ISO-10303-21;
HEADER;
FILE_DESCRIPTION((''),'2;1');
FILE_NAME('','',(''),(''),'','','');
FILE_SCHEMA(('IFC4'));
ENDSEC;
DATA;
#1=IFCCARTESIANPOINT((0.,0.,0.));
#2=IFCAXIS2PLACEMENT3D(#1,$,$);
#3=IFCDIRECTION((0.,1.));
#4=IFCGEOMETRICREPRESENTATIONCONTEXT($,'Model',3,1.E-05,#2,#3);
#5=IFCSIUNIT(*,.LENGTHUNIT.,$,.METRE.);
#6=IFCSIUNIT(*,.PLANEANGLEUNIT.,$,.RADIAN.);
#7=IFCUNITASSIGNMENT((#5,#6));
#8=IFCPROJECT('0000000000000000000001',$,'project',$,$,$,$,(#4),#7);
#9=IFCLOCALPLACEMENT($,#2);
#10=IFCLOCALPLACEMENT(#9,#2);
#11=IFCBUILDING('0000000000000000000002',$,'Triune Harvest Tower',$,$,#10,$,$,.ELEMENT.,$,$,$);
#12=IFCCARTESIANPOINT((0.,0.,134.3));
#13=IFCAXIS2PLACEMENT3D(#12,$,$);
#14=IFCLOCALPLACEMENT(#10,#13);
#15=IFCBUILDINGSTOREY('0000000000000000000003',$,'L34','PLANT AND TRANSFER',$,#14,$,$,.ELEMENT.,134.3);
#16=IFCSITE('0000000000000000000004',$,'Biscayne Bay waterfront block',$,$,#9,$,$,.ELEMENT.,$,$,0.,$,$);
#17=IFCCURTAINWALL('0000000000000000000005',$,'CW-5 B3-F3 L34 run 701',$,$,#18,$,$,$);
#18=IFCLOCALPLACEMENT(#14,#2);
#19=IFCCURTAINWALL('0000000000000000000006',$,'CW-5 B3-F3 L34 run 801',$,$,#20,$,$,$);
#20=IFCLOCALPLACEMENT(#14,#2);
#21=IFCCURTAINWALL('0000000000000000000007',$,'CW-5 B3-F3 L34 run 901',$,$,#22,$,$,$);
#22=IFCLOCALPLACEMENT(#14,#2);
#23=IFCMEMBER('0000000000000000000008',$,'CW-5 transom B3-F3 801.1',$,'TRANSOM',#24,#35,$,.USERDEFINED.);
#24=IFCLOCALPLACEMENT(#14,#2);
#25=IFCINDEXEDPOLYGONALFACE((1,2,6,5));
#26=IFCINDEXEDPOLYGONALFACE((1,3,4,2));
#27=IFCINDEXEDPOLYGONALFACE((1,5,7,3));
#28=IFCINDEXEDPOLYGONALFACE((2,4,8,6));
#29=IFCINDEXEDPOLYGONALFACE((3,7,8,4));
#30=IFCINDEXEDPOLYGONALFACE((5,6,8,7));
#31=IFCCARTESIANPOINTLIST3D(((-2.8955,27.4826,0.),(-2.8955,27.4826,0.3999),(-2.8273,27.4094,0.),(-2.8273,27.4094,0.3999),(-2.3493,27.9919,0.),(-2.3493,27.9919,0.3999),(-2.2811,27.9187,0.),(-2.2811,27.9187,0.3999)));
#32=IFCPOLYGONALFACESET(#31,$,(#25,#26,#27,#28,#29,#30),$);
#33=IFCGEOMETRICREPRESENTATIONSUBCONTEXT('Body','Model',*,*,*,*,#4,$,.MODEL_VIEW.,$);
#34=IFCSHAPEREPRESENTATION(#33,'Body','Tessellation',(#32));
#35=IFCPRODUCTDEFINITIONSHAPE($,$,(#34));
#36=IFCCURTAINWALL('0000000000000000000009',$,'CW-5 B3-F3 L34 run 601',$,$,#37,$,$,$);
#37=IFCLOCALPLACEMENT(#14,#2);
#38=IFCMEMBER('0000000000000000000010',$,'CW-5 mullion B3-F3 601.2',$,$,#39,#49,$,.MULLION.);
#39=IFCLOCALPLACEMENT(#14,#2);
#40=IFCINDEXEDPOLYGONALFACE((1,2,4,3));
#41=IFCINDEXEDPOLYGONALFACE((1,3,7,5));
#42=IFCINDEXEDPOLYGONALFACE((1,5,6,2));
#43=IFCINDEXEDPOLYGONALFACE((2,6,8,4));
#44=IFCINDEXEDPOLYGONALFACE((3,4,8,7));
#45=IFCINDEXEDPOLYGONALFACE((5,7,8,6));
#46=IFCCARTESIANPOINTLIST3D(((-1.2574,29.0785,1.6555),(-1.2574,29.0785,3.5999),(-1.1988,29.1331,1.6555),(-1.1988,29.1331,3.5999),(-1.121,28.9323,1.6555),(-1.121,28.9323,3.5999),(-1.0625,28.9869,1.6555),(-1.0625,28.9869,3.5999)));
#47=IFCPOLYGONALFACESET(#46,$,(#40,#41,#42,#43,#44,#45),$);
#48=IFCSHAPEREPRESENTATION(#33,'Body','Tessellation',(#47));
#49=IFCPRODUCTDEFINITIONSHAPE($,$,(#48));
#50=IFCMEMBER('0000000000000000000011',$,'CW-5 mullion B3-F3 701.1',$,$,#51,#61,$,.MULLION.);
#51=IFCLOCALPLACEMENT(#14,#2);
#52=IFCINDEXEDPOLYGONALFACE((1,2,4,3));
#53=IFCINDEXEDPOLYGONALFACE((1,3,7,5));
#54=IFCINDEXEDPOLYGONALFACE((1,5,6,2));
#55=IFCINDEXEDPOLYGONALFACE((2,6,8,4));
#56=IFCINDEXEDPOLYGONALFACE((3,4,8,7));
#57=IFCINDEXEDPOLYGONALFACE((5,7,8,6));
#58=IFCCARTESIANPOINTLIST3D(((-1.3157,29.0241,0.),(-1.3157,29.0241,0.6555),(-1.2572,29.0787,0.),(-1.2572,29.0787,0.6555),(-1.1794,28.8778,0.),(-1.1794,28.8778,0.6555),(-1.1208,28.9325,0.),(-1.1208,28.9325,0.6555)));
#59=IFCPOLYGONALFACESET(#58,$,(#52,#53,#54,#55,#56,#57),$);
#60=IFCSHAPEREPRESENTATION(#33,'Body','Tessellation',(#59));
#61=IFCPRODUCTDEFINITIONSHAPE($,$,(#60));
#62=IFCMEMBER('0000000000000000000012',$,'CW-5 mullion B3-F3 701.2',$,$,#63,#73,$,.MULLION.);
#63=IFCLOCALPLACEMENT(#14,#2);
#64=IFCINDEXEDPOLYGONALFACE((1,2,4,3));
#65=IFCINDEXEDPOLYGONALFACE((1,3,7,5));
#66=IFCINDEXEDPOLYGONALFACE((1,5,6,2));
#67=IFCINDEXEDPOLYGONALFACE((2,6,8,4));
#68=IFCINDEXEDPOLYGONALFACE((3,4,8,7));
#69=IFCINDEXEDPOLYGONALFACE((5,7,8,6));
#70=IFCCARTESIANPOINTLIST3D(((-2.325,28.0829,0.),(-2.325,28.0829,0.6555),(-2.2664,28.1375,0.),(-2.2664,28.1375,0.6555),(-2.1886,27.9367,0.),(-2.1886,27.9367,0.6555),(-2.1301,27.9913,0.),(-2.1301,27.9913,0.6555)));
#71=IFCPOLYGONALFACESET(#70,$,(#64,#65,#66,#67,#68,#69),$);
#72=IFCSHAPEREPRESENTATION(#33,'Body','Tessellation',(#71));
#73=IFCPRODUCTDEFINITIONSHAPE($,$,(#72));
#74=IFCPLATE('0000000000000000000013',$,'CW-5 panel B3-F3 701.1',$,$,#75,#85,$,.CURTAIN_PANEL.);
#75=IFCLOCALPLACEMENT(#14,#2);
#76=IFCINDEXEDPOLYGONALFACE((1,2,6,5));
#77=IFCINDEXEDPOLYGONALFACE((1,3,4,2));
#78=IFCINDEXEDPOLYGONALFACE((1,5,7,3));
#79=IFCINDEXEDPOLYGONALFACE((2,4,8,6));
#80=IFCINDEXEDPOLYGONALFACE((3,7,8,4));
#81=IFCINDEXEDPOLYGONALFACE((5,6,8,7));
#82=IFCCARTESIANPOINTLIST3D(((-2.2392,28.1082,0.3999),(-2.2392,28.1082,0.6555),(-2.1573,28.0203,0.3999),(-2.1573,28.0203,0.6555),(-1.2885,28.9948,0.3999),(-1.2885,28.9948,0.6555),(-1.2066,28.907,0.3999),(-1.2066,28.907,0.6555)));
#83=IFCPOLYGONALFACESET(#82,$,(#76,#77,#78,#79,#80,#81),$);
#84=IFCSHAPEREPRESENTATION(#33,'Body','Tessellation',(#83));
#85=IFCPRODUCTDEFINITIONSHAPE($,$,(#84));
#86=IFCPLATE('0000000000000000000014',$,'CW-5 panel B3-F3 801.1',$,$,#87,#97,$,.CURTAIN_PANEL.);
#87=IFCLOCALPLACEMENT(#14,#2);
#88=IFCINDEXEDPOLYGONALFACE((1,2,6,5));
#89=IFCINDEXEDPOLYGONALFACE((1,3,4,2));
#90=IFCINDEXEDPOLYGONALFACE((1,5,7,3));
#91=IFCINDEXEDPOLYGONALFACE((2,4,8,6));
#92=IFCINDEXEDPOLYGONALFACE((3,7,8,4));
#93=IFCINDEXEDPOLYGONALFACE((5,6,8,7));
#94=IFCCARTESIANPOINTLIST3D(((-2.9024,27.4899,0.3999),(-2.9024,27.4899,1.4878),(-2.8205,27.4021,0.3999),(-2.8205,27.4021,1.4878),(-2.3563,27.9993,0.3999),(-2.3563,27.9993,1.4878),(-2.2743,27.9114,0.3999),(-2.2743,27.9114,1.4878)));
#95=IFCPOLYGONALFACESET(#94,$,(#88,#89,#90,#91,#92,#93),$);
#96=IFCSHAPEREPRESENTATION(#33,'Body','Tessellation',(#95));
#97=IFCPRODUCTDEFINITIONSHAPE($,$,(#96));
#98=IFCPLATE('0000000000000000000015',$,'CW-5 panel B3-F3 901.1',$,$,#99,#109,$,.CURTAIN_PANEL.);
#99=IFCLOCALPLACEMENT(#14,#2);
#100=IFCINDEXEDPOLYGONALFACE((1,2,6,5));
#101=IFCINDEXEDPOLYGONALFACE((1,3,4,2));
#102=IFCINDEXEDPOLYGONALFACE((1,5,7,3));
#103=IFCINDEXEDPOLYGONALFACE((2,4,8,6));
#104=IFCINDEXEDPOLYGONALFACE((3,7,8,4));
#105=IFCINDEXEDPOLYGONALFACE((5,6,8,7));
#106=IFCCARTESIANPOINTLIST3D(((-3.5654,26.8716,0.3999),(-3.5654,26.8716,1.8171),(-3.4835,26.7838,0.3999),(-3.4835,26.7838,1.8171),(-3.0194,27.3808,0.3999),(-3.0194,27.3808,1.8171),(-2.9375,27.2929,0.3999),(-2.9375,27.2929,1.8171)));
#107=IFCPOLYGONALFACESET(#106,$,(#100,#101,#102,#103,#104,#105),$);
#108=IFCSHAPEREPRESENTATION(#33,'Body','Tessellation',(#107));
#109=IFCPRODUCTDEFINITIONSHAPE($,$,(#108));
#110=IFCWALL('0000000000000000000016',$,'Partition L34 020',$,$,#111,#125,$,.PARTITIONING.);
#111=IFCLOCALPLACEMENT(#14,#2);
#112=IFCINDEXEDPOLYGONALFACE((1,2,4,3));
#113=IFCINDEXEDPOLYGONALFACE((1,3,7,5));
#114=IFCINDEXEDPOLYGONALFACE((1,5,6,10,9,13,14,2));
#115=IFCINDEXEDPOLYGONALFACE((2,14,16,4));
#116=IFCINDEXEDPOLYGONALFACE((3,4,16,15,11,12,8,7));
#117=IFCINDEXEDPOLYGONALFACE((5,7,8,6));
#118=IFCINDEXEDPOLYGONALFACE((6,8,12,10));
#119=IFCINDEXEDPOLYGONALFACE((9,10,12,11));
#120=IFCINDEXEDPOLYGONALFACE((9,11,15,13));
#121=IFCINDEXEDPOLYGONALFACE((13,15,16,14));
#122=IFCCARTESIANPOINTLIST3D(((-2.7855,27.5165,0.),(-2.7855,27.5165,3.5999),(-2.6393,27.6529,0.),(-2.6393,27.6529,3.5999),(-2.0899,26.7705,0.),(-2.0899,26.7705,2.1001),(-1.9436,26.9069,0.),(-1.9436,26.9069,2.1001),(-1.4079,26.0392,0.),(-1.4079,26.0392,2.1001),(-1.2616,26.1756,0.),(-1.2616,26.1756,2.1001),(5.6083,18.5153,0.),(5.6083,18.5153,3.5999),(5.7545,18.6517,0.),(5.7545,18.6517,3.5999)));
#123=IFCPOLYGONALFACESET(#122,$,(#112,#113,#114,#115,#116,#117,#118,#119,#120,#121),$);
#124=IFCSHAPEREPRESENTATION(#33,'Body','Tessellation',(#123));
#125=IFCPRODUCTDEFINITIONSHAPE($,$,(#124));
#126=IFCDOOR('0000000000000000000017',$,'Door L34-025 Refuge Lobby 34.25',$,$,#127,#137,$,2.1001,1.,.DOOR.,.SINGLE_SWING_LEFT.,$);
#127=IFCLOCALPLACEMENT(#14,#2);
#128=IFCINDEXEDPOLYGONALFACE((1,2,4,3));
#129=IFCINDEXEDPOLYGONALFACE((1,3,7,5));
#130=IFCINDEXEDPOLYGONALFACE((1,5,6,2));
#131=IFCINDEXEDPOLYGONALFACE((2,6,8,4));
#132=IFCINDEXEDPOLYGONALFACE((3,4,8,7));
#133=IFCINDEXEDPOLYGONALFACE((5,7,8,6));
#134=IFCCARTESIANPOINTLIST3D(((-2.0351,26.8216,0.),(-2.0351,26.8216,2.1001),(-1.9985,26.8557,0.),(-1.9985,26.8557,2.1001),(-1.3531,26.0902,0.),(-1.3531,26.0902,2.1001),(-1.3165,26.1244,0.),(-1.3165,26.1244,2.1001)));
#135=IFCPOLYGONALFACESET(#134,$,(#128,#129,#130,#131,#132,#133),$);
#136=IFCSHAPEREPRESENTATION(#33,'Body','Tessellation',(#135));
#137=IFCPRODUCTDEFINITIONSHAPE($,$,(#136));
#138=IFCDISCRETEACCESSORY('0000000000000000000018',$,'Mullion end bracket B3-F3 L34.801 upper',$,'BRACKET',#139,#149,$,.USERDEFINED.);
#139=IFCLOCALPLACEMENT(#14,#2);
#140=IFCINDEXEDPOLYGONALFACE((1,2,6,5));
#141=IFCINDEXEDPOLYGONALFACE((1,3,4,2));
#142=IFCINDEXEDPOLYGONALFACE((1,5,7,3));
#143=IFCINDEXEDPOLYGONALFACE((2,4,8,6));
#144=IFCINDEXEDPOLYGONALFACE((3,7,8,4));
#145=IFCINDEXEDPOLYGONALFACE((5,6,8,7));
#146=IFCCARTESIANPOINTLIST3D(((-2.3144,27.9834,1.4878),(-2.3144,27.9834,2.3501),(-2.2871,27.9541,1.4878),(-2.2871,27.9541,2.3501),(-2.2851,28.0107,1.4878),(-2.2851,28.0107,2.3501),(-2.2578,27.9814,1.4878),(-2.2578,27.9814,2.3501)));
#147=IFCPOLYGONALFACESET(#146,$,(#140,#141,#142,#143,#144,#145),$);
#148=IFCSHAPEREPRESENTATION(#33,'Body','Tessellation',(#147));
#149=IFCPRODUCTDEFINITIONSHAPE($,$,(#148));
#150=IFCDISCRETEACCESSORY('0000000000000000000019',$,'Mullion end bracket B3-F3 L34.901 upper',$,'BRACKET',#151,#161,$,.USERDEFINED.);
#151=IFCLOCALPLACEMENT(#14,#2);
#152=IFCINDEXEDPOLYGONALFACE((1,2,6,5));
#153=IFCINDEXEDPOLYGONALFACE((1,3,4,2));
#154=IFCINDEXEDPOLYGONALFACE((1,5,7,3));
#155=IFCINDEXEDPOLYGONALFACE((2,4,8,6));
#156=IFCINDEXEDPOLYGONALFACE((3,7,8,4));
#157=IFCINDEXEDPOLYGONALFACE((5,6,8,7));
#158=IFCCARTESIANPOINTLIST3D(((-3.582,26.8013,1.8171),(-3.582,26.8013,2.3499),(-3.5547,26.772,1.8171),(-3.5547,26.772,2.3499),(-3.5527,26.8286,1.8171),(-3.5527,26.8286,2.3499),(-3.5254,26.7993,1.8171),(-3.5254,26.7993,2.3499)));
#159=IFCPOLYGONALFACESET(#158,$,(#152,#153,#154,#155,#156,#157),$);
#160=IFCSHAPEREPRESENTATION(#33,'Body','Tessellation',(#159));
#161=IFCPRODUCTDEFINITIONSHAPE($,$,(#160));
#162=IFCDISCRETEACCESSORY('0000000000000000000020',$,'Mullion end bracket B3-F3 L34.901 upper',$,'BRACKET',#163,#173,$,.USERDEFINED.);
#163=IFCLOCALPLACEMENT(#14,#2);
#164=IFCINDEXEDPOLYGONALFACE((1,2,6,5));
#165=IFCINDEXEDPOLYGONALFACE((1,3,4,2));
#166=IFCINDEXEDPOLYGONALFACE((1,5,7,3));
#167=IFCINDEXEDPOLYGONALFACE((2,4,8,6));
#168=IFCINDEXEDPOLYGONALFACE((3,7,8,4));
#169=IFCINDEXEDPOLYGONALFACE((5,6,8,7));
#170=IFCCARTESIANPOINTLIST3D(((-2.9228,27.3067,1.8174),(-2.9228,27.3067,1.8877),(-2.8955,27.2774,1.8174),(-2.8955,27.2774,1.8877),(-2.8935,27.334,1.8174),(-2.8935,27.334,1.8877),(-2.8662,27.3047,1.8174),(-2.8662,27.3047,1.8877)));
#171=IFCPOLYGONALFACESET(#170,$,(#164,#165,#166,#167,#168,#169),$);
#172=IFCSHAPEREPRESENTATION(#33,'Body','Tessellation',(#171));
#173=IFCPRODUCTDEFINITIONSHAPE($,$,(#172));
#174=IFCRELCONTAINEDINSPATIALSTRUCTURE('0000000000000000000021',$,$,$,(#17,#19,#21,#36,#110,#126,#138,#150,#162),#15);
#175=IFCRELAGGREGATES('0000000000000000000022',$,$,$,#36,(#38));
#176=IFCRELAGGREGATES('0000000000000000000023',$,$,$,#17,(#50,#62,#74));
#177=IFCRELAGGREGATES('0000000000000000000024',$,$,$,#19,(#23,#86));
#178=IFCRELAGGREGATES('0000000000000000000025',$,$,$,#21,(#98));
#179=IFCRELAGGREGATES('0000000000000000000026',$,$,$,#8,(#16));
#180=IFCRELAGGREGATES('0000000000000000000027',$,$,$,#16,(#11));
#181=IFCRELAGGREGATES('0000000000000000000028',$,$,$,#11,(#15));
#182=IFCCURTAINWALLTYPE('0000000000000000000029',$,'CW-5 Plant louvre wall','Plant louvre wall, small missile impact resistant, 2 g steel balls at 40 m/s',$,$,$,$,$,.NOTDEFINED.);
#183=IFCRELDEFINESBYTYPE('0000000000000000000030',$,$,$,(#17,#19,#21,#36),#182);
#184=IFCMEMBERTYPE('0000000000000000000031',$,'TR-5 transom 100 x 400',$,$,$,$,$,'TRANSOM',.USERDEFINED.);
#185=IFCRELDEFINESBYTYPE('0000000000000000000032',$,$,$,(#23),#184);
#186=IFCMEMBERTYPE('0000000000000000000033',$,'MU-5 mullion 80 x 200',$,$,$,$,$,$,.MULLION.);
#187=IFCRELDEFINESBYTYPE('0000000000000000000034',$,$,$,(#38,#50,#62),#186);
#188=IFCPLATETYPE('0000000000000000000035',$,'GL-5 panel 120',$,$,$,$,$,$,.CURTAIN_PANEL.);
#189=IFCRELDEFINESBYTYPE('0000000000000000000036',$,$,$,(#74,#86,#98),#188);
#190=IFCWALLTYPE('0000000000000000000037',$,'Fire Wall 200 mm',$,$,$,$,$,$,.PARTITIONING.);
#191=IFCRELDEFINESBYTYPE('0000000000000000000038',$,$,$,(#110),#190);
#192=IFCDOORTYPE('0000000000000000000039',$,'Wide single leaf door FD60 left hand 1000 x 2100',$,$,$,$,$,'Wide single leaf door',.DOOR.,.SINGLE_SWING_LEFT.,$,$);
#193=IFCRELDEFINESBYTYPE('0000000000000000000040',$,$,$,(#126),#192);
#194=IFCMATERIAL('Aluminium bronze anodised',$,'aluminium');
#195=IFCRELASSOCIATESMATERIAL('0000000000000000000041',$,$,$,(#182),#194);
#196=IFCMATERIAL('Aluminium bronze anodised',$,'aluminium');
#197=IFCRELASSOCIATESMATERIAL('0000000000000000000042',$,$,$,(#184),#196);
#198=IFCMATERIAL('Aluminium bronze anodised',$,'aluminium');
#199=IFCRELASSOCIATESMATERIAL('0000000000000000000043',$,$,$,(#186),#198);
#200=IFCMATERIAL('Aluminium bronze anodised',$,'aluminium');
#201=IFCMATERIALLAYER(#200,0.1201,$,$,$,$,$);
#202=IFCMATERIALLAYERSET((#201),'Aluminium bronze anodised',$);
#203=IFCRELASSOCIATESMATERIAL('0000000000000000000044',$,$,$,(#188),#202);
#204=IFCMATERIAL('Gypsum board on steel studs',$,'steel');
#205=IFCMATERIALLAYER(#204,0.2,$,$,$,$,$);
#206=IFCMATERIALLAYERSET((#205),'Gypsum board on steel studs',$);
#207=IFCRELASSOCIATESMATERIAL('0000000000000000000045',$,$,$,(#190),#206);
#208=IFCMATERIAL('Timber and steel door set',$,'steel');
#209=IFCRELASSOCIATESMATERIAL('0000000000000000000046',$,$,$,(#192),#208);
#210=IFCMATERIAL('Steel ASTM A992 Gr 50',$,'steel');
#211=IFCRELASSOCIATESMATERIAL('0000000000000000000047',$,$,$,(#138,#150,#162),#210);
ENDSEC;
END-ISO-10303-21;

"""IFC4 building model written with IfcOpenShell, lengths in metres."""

from ifc_helpers import new_model, si_unit, direction, frame, frame_2d, origin, origin_2d, place, context, subcontext, project, spatial, rectangle, extrude, source, transform, mapped, material, layer, layer_set, material_profile, profile_set, type_object, element, fill, aggregate, save


model = new_model("IFC4")

# Units and contexts
model_context = context("Model", 3, precision=1e-05, world=origin(), true_north=direction((0.0, 1.0)))
body_context = subcontext(model_context, "Body", "Model", "MODEL_VIEW")
ifc_project = project(units=[si_unit("LENGTHUNIT", "METRE"), si_unit("PLANEANGLEUNIT", "RADIAN")], contexts=[model_context])

# Site, building, storey
site_placement = place(None, origin())
site = spatial("IfcSite", under=ifc_project, at=site_placement, Name="Biscayne Bay waterfront block", CompositionType="ELEMENT", RefElevation=0.0)
building_placement = place(site_placement, origin())
building = spatial("IfcBuilding", under=site, at=building_placement, Name="Triune Harvest Tower", CompositionType="ELEMENT")
storey_placement = place(building_placement, frame((0.0, 0.0, 134.3)))
storey = spatial("IfcBuildingStorey", under=building, at=storey_placement, Name="L34", Description="PLANT AND TRANSFER", CompositionType="ELEMENT", Elevation=134.3)

# Curtain wall
ifc_material_1 = material(Name="Aluminium bronze anodised", Category="aluminium")
curtain_wall_type = type_object("IfcCurtainWallType", Name="CW-5 Plant louvre wall", Description="Plant louvre wall, small missile impact resistant, 2 g steel balls at 40 m/s", PredefinedType="NOTDEFINED", material=ifc_material_1)
curtain_wall_1_placement = place(storey_placement, origin())
curtain_wall_1 = element("IfcCurtainWall", 1, at=curtain_wall_1_placement, inside=storey, type_object=curtain_wall_type, Name="CW-5 B3-F3 L34 run 701")
ifc_material_2 = material(Name="Aluminium bronze anodised", Category="aluminium")
ifc_material_profile_1 = material_profile(ifc_material_2, rectangle(XDim=0.1001, YDim=0.3999, at=origin_2d()), Name="TR-5 transom 100 x 400")
ifc_profile_set_1 = profile_set([ifc_material_profile_1], Name="Aluminium bronze anodised")
member_type_1 = type_object("IfcMemberType", Name="TR-5 transom 100 x 400", ElementType="TRANSOM", PredefinedType="USERDEFINED", material=ifc_profile_set_1)

# Shared definitions
ifc_material_3 = material(Name="Aluminium bronze anodised", Category="aluminium")
ifc_material_profile_2 = material_profile(ifc_material_3, rectangle(XDim=0.2, YDim=0.0801, at=origin_2d()), Name="MU-5 mullion 80 x 200")
ifc_profile_set_2 = profile_set([ifc_material_profile_2], Name="Aluminium bronze anodised")
member_type_2 = type_object("IfcMemberType", Name="MU-5 mullion 80 x 200", PredefinedType="MULLION", material=ifc_profile_set_2)

# Curtain walls
curtain_wall_2_placement = place(storey_placement, origin())
curtain_wall_2 = element("IfcCurtainWall", 2, at=curtain_wall_2_placement, inside=storey, type_object=curtain_wall_type, Name="CW-5 B3-F3 L34 run 801")
curtain_wall_3_placement = place(storey_placement, origin())
curtain_wall_3 = element("IfcCurtainWall", 3, at=curtain_wall_3_placement, inside=storey, type_object=curtain_wall_type, Name="CW-5 B3-F3 L34 run 901")

# Member
shared_shape_1 = source(origin(), body_context, "Body", "SweptSolid", [
    extrude(rectangle(XDim=0.1001, YDim=0.3999, at=origin_2d()), origin(), (0.0, 0.0, 1.0), 0.7468),
])
member_1_placement = place(storey_placement, frame((-2.3152, 27.9553, 0.2), z_axis=(-0.73136, -0.681992, 0.0), x_axis=(0.681992, -0.73136, 0.0)))
member_1 = element("IfcMember", 4, at=member_1_placement, type_object=member_type_1, Name="CW-5 transom B3-F3 801.1", ObjectType="TRANSOM", PredefinedType="USERDEFINED", context=body_context, shape_type="MappedRepresentation", body=[
    mapped(shared_shape_1, transform((0.0, 0.0, 0.0), scale=1.0)),
])

# Curtain wall, member
curtain_wall_4_placement = place(storey_placement, origin())
curtain_wall_4 = element("IfcCurtainWall", 5, at=curtain_wall_4_placement, inside=storey, type_object=curtain_wall_type, Name="CW-5 B3-F3 L34 run 601")
shared_shape_2 = source(origin(), body_context, "Body", "SweptSolid", [
    extrude(rectangle(XDim=0.2, YDim=0.0801, at=origin_2d()), origin(), (0.0, 0.0, 1.0), 1.9443),
])
member_2_placement = place(storey_placement, frame((-1.1599, 29.0327, 1.6555), z_axis=(0.0, 0.0, 1.0), x_axis=(0.681922, -0.731425, 0.0)))
member_2 = element("IfcMember", 6, at=member_2_placement, type_object=member_type_2, Name="CW-5 mullion B3-F3 601.2", PredefinedType="MULLION", context=body_context, shape_type="MappedRepresentation", body=[
    mapped(shared_shape_2, transform((0.0, 0.0, 0.0), scale=1.0)),
])
aggregate(curtain_wall_4, [member_2])

# Members
shared_shape_3 = source(origin(), body_context, "Body", "SweptSolid", [
    extrude(rectangle(XDim=0.2, YDim=0.0801, at=origin_2d()), origin(), (0.0, 0.0, 1.0), 0.6555),
])
member_3_placement = place(storey_placement, frame((-1.2183, 28.9783, 0.0), z_axis=(0.0, 0.0, 1.0), x_axis=(0.682018, -0.731335, 0.0)))
member_3 = element("IfcMember", 7, at=member_3_placement, type_object=member_type_2, Name="CW-5 mullion B3-F3 701.1", PredefinedType="MULLION", context=body_context, shape_type="MappedRepresentation", body=[
    mapped(shared_shape_3, transform((0.0, 0.0, 0.0), scale=1.0)),
])
member_4_placement = place(storey_placement, frame((-2.2275, 28.0371, 0.0), z_axis=(0.0, 0.0, 1.0), x_axis=(0.682018, -0.731335, 0.0)))
member_4 = element("IfcMember", 8, at=member_4_placement, type_object=member_type_2, Name="CW-5 mullion B3-F3 701.2", PredefinedType="MULLION", context=body_context, shape_type="MappedRepresentation", body=[
    mapped(shared_shape_3, transform((0.0, 0.0, 0.0), scale=1.0)),
])

# Plates
ifc_material_4 = material(Name="Aluminium bronze anodised", Category="aluminium")
ifc_layer_1 = layer(ifc_material_4, 0.1201)
ifc_layer_set_1 = layer_set([ifc_layer_1], Name="Aluminium bronze anodised")
plate_type = type_object("IfcPlateType", Name="GL-5 panel 120", PredefinedType="CURTAIN_PANEL", material=ifc_layer_set_1)
plate_1_placement = place(storey_placement, frame((-1.7229, 28.5076, 0.3999), z_axis=(0.0, 0.0, 1.0), x_axis=(-0.731335, -0.682018, 0.0)))
plate_1 = element("IfcPlate", 9, at=plate_1_placement, type_object=plate_type, Name="CW-5 panel B3-F3 701.1", PredefinedType="CURTAIN_PANEL", context=body_context, shape_type="SweptSolid", body=[
    extrude(rectangle(XDim=1.3, YDim=0.1201, at=origin_2d()), origin(), (0.0, 0.0, 1.0), 0.2556),
])
aggregate(curtain_wall_1, [member_3, member_4, plate_1])
plate_2_placement = place(storey_placement, frame((-2.5884, 27.7007, 0.3999), z_axis=(0.0, 0.0, 1.0), x_axis=(-0.731327, -0.682027, 0.0)))
plate_2 = element("IfcPlate", 10, at=plate_2_placement, type_object=plate_type, Name="CW-5 panel B3-F3 801.1", PredefinedType="CURTAIN_PANEL", context=body_context, shape_type="SweptSolid", body=[
    extrude(rectangle(XDim=0.7468, YDim=0.1201, at=origin_2d()), origin(), (0.0, 0.0, 1.0), 1.0879),
])
aggregate(curtain_wall_2, [member_1, plate_2])
shared_shape_4 = source(origin(), body_context, "Body", "SweptSolid", [
    extrude(rectangle(XDim=0.7466, YDim=0.1201, at=origin_2d()), origin(), (0.0, 0.0, 1.0), 1.4172),
])
plate_3_placement = place(storey_placement, frame((-3.2515, 27.0823, 0.3999), z_axis=(0.0, 0.0, 1.0), x_axis=(-0.731382, -0.681968, 0.0)))
plate_3 = element("IfcPlate", 11, at=plate_3_placement, type_object=plate_type, Name="CW-5 panel B3-F3 901.1", PredefinedType="CURTAIN_PANEL", context=body_context, shape_type="MappedRepresentation", body=[
    mapped(shared_shape_4, transform((0.0, 0.0, 0.0), scale=1.0)),
])
aggregate(curtain_wall_3, [plate_3])

# Wall, opening, door
ifc_material_5 = material(Name="Gypsum board on steel studs", Category="steel")
ifc_layer_2 = layer(ifc_material_5, 0.2)
ifc_layer_set_2 = layer_set([ifc_layer_2], Name="Gypsum board on steel studs")
wall_type = type_object("IfcWallType", Name="Fire Wall 200 mm", PredefinedType="PARTITIONING", material=ifc_layer_set_2)
wall_placement = place(storey_placement, frame((-2.7124, 27.5847, 0.0), z_axis=(0.0, 0.0, 1.0), x_axis=(0.681999, -0.731353, 0.0)))
wall = element("IfcWall", 12, at=wall_placement, inside=storey, type_object=wall_type, Name="Partition L34 020", PredefinedType="PARTITIONING", context=body_context, shape_type="SweptSolid", body=[
    extrude(rectangle(XDim=12.3076, YDim=0.2, at=frame_2d((6.1538, 0.0))), origin(), (0.0, 0.0, 1.0), 3.5999),
])
opening_placement = place(wall_placement, frame((1.02, 0.0, 0.0)))
opening = element("IfcOpeningElement", 13, at=opening_placement, cuts=wall, PredefinedType="OPENING", context=body_context, shape_type="SweptSolid", body=[
    extrude(rectangle(XDim=1.0, YDim=2.1001, at=frame_2d((0.5, 1.05))), frame((0.0, 0.1099, 0.0), z_axis=(0.0, -1.0, 0.0), x_axis=(1.0, 0.0, 0.0)), (0.0, 0.0, 1.0), 0.22),
])
ifc_material_6 = material(Name="Timber and steel door set", Category="steel")
door_type = type_object("IfcDoorType", Name="Wide single leaf door FD60 left hand 1000 x 2100", ElementType="Wide single leaf door", OperationType="SINGLE_SWING_LEFT", PredefinedType="DOOR", material=ifc_material_6)
door_placement = place(opening_placement, origin())
door = element("IfcDoor", 14, at=door_placement, inside=storey, type_object=door_type, Name="Door L34-025 Refuge Lobby 34.25", OperationType="SINGLE_SWING_LEFT", OverallHeight=2.1001, OverallWidth=1.0, PredefinedType="DOOR", context=body_context, shape_type="SweptSolid", body=[
    extrude(rectangle(XDim=1.0, YDim=2.1001, at=frame_2d((0.5, 1.05))), frame((0.0, 0.0249, 0.0), z_axis=(0.0, -1.0, 0.0), x_axis=(1.0, 0.0, 0.0)), (0.0, 0.0, 1.0), 0.05),
])
fill(opening, door)

# Discrete accessories
ifc_material_7 = material(Name="Steel ASTM A992 Gr 50", Category="steel")
shared_shape_5 = source(origin(), body_context, "Body", "SweptSolid", [
    extrude(rectangle(XDim=0.04, YDim=0.04, at=origin_2d()), origin(), (0.0, 0.0, 1.0), 0.8623),
])
discrete_accessory_1_placement = place(storey_placement, frame((-2.2861, 27.9824, 1.4878), z_axis=(0.0, 0.0, 1.0), x_axis=(-0.731326, -0.682028, 0.0)))
element("IfcDiscreteAccessory", 15, at=discrete_accessory_1_placement, inside=storey, material=ifc_material_7, Name="Mullion end bracket B3-F3 L34.801 upper", ObjectType="BRACKET", PredefinedType="USERDEFINED", context=body_context, shape_type="MappedRepresentation", body=[
    mapped(shared_shape_5, transform((0.0, 0.0, 0.0), scale=1.0)),
])
shared_shape_6 = source(origin(), body_context, "Body", "SweptSolid", [
    extrude(rectangle(XDim=0.04, YDim=0.04, at=origin_2d()), origin(), (0.0, 0.0, 1.0), 0.5327),
])
discrete_accessory_2_placement = place(storey_placement, frame((-3.5537, 26.8003, 1.8171), z_axis=(0.0, 0.0, 1.0), x_axis=(-0.731381, -0.681969, 0.0)))
element("IfcDiscreteAccessory", 16, at=discrete_accessory_2_placement, inside=storey, material=ifc_material_7, Name="Mullion end bracket B3-F3 L34.901 upper", ObjectType="BRACKET", PredefinedType="USERDEFINED", context=body_context, shape_type="MappedRepresentation", body=[
    mapped(shared_shape_6, transform((0.0, 0.0, 0.0), scale=1.0)),
])
shared_shape_7 = source(origin(), body_context, "Body", "SweptSolid", [
    extrude(rectangle(XDim=0.04, YDim=0.04, at=origin_2d()), origin(), (0.0, 0.0, 1.0), 0.0703),
])
discrete_accessory_3_placement = place(storey_placement, frame((-2.8945, 27.3057, 1.8174), z_axis=(0.0, 0.0, 1.0), x_axis=(-0.731381, -0.681969, 0.0)))
element("IfcDiscreteAccessory", 17, at=discrete_accessory_3_placement, inside=storey, material=ifc_material_7, Name="Mullion end bracket B3-F3 L34.901 upper", ObjectType="BRACKET", PredefinedType="USERDEFINED", context=body_context, shape_type="MappedRepresentation", body=[
    mapped(shared_shape_7, transform((0.0, 0.0, 0.0), scale=1.0)),
])

save(model, "model.ifc")
